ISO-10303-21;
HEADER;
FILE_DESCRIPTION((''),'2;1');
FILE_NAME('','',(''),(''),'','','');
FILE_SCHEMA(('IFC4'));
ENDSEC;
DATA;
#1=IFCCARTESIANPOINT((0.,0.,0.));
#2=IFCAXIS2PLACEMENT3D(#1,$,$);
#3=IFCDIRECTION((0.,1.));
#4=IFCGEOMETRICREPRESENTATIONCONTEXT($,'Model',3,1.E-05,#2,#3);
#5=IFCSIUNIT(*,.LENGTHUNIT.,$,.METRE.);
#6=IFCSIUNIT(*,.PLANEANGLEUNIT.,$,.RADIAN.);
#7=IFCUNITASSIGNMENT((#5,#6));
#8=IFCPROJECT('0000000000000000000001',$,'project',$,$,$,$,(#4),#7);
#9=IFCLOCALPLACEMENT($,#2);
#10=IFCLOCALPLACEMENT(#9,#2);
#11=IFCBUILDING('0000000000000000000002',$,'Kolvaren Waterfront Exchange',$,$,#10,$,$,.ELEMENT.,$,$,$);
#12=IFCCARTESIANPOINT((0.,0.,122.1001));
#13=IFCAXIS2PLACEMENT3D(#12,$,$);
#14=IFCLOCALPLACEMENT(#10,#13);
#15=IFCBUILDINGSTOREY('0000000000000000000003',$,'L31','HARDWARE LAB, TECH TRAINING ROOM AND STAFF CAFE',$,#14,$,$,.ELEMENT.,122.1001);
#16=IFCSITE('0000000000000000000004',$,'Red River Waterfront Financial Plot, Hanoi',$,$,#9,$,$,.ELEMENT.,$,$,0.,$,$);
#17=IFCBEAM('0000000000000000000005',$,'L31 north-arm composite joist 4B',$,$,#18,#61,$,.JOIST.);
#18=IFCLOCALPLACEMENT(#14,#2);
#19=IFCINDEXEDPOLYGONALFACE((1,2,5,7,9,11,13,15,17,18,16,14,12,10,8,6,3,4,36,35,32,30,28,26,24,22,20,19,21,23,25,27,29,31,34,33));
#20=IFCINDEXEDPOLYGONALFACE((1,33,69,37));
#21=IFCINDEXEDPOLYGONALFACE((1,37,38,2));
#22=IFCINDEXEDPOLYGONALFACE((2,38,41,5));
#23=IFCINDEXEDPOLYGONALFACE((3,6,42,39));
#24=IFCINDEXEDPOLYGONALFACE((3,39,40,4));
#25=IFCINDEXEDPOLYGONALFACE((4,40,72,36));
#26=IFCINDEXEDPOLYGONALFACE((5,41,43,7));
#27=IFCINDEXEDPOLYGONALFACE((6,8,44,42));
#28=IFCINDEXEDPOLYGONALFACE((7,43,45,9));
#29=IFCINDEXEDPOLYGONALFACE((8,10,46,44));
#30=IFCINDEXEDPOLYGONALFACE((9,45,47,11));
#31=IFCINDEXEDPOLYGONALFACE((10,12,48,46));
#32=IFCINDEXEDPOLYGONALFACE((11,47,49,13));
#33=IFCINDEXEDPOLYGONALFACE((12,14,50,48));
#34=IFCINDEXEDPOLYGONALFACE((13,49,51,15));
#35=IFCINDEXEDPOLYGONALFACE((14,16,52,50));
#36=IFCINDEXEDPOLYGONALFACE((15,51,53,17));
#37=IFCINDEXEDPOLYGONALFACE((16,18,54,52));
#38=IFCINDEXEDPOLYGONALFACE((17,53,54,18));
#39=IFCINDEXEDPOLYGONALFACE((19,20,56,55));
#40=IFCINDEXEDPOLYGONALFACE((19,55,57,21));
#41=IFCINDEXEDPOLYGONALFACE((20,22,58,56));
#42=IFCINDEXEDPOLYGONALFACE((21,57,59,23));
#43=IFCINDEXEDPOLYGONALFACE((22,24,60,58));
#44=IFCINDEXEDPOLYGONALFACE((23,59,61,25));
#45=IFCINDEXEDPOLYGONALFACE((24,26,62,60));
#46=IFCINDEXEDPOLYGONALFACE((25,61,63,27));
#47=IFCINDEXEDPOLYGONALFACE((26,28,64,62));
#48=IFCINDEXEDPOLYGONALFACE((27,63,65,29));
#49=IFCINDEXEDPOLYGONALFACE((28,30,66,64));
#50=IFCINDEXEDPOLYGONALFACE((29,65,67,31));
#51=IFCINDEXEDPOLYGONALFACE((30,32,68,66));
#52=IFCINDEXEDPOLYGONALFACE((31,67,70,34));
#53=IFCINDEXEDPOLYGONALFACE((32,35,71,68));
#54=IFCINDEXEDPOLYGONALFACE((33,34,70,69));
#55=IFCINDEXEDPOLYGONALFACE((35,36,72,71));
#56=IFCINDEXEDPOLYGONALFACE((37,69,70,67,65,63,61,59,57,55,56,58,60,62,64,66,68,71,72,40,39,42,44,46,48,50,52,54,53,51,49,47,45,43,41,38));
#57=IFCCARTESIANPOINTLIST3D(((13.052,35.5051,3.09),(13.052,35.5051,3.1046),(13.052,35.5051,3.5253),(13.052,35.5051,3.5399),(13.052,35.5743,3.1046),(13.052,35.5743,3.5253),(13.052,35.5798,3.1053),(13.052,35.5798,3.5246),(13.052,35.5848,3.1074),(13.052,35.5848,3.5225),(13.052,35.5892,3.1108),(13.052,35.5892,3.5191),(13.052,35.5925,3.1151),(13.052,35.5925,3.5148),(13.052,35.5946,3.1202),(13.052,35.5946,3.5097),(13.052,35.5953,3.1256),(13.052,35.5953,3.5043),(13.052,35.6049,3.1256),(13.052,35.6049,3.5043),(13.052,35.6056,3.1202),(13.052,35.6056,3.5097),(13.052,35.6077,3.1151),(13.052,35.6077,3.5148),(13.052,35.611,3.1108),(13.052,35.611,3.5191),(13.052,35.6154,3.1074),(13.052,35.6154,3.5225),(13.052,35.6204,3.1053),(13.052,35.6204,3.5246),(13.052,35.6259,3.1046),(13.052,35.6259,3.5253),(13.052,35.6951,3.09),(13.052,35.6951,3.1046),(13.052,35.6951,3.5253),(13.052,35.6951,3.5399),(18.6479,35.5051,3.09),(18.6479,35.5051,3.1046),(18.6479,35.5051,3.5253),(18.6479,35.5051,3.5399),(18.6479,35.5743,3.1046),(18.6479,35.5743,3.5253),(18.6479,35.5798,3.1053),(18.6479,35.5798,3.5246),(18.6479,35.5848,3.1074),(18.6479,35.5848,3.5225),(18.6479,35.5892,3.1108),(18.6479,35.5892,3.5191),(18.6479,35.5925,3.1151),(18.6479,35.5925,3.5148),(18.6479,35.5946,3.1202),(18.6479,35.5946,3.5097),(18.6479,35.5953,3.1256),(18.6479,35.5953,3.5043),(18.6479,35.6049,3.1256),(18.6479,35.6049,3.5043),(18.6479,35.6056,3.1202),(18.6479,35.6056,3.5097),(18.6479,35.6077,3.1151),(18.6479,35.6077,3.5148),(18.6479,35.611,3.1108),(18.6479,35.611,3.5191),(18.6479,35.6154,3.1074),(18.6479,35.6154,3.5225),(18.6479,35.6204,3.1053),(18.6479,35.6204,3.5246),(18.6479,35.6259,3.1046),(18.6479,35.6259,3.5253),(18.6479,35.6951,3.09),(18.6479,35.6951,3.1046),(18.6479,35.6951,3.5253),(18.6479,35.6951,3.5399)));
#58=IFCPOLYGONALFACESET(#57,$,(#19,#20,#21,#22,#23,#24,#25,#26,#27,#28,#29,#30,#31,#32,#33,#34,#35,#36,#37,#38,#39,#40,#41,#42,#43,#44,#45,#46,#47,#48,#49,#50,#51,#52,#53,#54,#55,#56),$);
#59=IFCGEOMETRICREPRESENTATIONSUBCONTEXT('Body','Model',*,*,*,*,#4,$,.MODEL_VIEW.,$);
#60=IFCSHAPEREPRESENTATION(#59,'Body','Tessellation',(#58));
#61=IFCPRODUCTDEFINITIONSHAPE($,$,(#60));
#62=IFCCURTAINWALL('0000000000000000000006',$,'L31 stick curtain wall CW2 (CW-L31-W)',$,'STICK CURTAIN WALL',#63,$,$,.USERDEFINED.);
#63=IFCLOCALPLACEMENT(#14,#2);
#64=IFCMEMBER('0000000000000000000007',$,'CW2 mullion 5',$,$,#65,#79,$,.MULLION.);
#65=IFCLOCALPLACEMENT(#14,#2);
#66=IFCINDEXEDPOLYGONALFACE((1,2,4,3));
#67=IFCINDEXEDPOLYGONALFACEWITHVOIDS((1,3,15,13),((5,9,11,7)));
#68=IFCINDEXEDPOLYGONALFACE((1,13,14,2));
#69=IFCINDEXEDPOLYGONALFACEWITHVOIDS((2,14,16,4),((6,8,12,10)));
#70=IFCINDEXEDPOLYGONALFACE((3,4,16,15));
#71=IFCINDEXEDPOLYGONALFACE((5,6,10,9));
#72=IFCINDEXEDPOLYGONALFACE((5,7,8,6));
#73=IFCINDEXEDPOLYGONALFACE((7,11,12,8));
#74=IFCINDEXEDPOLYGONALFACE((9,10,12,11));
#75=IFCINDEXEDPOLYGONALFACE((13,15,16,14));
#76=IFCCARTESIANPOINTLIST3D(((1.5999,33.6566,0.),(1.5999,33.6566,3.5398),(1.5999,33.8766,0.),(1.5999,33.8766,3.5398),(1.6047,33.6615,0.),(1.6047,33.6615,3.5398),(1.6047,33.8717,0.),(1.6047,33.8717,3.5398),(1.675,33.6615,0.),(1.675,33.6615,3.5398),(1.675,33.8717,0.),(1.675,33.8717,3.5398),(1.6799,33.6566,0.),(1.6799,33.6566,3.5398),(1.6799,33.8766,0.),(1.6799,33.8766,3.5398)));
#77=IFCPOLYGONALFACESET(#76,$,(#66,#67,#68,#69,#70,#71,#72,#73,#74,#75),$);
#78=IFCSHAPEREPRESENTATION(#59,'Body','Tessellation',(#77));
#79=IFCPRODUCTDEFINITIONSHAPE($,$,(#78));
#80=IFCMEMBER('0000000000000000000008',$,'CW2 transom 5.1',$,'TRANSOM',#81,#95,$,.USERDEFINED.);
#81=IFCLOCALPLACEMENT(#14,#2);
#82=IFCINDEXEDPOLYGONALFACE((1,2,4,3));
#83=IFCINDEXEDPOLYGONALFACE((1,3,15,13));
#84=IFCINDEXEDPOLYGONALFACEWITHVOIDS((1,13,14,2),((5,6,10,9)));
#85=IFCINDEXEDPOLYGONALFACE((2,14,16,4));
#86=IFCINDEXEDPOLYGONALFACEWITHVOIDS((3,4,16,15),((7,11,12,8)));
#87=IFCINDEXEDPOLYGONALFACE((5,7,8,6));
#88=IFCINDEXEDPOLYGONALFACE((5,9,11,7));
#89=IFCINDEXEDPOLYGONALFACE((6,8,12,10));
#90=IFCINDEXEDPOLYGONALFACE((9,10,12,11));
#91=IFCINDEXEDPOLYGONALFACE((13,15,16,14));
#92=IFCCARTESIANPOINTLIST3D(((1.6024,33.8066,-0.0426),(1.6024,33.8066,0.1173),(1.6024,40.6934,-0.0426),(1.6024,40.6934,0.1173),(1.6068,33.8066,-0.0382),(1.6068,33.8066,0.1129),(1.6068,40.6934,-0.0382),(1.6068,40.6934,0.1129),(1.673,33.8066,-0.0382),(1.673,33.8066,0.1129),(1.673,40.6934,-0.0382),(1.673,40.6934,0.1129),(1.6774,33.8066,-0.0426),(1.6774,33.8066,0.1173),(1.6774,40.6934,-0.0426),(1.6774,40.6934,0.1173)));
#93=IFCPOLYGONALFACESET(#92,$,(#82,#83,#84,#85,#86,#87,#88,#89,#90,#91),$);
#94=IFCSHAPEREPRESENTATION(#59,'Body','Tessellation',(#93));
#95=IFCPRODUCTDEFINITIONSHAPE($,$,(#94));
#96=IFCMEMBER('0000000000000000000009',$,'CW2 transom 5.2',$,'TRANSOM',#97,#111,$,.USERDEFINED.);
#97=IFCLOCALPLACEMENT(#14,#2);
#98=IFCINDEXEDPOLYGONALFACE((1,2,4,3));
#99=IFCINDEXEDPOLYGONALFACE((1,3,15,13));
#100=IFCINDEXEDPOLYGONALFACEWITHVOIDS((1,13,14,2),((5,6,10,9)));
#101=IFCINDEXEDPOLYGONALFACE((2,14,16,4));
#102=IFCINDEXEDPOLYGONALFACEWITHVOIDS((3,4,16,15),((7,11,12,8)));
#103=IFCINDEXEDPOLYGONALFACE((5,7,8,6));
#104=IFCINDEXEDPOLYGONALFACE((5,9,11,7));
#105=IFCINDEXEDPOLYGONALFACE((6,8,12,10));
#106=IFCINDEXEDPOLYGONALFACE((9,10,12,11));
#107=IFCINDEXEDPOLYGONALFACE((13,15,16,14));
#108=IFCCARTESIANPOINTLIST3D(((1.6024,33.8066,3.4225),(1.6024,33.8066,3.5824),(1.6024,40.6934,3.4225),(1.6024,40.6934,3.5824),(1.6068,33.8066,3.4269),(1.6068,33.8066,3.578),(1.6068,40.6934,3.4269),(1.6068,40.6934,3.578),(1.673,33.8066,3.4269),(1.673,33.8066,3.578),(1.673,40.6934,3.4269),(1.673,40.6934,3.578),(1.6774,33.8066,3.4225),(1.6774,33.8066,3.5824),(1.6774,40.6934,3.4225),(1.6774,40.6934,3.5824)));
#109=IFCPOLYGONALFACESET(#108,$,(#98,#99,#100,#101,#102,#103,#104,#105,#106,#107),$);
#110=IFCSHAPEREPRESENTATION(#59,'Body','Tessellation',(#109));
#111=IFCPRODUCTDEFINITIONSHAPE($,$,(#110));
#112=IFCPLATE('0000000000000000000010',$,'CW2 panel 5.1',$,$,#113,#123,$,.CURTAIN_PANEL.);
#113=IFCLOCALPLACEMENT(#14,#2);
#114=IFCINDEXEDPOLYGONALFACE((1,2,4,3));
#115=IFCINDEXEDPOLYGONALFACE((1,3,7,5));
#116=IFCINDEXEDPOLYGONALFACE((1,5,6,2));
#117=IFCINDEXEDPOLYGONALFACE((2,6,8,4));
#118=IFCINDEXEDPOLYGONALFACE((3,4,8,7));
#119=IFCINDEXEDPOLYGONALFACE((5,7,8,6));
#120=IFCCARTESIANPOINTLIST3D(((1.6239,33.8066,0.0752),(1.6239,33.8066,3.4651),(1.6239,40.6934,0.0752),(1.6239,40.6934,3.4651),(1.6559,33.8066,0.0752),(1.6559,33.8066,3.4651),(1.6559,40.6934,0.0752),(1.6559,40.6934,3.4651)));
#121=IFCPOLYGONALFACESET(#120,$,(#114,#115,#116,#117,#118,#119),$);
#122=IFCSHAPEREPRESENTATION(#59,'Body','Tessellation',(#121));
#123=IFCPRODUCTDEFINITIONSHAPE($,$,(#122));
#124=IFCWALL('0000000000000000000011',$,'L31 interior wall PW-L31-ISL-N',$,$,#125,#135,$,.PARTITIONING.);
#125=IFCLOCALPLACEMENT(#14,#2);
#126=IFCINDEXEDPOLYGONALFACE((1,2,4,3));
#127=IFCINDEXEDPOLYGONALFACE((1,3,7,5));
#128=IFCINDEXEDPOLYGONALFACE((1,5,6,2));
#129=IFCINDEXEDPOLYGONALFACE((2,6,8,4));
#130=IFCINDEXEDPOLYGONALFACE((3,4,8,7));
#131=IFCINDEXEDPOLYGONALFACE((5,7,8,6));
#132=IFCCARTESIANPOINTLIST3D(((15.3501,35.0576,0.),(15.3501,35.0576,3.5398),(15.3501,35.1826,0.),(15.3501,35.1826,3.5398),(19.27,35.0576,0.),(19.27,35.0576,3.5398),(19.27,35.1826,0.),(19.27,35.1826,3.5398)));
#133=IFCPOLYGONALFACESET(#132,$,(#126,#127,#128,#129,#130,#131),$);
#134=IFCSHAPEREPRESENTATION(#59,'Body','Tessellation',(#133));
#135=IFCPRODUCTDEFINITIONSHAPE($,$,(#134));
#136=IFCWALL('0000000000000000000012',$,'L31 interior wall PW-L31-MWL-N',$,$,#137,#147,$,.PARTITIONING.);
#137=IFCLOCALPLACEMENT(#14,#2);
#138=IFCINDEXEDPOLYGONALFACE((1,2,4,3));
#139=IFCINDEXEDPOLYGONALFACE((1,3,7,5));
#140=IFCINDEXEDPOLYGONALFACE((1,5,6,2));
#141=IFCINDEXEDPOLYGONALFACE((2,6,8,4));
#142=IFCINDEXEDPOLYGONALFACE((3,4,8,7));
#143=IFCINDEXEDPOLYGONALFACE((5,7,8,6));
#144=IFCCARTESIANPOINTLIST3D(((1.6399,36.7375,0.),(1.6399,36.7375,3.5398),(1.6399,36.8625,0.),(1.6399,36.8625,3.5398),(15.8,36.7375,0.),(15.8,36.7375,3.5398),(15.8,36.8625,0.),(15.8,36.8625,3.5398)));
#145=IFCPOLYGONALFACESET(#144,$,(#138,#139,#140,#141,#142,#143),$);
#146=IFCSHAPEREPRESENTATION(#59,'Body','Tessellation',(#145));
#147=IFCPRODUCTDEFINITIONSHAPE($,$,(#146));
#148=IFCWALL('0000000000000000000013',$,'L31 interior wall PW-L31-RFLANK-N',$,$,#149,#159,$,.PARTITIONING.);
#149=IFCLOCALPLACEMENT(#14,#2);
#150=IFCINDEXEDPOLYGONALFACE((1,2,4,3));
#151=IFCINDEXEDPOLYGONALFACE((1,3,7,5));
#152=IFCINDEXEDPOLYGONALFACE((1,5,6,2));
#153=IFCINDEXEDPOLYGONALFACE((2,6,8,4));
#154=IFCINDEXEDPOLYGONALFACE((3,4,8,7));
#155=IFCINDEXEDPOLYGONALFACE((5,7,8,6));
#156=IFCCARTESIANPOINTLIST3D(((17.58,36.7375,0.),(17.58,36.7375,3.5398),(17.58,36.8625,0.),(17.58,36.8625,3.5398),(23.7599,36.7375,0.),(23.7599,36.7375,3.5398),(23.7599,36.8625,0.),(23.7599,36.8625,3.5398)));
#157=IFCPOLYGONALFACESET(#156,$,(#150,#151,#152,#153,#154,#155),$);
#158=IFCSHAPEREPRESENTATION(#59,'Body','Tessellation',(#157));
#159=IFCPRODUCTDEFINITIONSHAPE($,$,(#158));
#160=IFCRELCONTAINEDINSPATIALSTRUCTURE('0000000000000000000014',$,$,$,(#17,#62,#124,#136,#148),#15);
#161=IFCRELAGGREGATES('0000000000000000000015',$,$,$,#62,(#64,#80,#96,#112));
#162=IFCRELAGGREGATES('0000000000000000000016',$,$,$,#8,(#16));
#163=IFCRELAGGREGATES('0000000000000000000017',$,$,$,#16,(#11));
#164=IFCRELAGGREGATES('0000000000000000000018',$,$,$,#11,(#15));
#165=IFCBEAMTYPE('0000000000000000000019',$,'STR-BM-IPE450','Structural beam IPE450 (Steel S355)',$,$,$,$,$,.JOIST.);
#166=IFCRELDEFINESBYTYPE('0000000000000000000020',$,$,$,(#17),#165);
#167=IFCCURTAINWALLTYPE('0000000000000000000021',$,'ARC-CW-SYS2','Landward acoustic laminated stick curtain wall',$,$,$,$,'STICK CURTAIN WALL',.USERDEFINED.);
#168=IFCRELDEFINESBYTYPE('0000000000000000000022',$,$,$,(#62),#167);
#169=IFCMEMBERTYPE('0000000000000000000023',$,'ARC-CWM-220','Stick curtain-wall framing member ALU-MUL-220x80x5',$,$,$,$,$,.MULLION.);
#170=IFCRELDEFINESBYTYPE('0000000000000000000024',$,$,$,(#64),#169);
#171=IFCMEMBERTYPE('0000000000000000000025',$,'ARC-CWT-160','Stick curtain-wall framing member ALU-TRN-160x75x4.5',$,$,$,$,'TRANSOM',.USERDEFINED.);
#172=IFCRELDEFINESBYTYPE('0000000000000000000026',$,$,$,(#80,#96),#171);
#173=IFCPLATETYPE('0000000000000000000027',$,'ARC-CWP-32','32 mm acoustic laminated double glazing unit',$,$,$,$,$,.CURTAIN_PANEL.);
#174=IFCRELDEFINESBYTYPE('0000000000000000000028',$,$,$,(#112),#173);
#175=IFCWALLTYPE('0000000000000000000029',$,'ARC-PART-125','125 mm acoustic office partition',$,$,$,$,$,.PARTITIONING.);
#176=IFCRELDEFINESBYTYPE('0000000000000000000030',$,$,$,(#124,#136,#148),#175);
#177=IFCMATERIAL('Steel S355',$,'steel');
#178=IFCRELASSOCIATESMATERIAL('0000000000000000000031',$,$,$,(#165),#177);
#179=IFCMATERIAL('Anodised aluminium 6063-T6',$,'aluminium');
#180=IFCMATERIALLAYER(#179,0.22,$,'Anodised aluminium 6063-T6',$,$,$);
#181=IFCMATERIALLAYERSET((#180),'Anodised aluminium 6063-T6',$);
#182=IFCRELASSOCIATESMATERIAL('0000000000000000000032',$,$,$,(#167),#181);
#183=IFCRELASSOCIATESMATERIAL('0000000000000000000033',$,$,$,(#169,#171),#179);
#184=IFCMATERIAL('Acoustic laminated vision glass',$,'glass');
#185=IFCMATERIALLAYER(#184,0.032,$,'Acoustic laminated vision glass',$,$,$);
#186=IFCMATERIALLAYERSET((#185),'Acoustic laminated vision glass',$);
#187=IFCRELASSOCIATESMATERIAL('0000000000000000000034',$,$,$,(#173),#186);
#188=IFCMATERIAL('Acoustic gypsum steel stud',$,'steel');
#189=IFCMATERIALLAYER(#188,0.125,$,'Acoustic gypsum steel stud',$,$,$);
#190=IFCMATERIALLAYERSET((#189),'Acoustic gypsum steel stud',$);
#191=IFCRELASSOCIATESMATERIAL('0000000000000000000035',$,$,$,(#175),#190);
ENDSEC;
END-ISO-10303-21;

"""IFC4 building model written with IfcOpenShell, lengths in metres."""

from ifc_helpers import new_model, si_unit, direction, frame, frame_2d, origin, origin_with_axes, origin_2d, place, context, subcontext, project, spatial, rectangle, hollow_rectangle, i_section, extrude, source, transform, mapped, material, layer, layer_set, material_profile, profile_set, type_object, element, aggregate, save


model = new_model("IFC4")

# Units and contexts
model_context = context("Model", 3, precision=1e-05, world=origin(), true_north=direction((0.0, 1.0)))
body_context = subcontext(model_context, "Body", "Model", "MODEL_VIEW")
ifc_project = project(units=[si_unit("LENGTHUNIT", "METRE"), si_unit("PLANEANGLEUNIT", "RADIAN")], contexts=[model_context])

# Site, building, storey
site_placement = place(None, origin())
site = spatial("IfcSite", under=ifc_project, at=site_placement, Name="Red River Waterfront Financial Plot, Hanoi", CompositionType="ELEMENT", RefElevation=0.0)
building_placement = place(site_placement, origin())
building = spatial("IfcBuilding", under=site, at=building_placement, Name="Kolvaren Waterfront Exchange", CompositionType="ELEMENT")
storey_placement = place(building_placement, frame((0.0, 0.0, 122.1001)))
storey = spatial("IfcBuildingStorey", under=building, at=storey_placement, Name="L31", Description="HARDWARE LAB, TECH TRAINING ROOM AND STAFF CAFE", CompositionType="ELEMENT", Elevation=122.1001)

# Beam
ifc_material_1 = material(Name="Steel S355", Category="steel")
ifc_material_profile_1 = material_profile(ifc_material_1, i_section(OverallWidth=0.1899, OverallDepth=0.45, WebThickness=0.0095, FlangeThickness=0.0146, FilletRadius=0.021, at=origin_2d()), Name="IPE450")
ifc_profile_set_1 = profile_set([ifc_material_profile_1], Name="Steel S355")
beam_type_1 = type_object("IfcBeamType", Name="STR-BM-IPE450", Description="Structural beam IPE450 (Steel S355)", PredefinedType="JOIST", material=ifc_profile_set_1)
beam_1_placement = place(storey_placement, frame((13.052, 35.6001, 3.3149), z_axis=(1.0, 0.0, 0.0), x_axis=(0.0, 1.0, 0.0)))
element("IfcBeam", 1, at=beam_1_placement, inside=storey, type_object=beam_type_1, Name="L31 north-arm composite joist 4B", PredefinedType="JOIST", context=body_context, shape_type="SweptSolid", body=[
    extrude(i_section(OverallWidth=0.1899, OverallDepth=0.45, WebThickness=0.0095, FlangeThickness=0.0146, FilletRadius=0.021, at=origin_2d()), origin(), (0.0, 0.0, 1.0), 5.5959),
])

# Curtain wall, members, plate
ifc_material_2 = material(Name="Anodised aluminium 6063-T6", Category="aluminium")
ifc_layer_1 = layer(ifc_material_2, 0.22, Name="Anodised aluminium 6063-T6")
ifc_layer_set_1 = layer_set([ifc_layer_1], Name="Anodised aluminium 6063-T6")
curtain_wall_type = type_object("IfcCurtainWallType", Name="ARC-CW-SYS2", Description="Landward acoustic laminated stick curtain wall", ElementType="STICK CURTAIN WALL", PredefinedType="USERDEFINED", material=ifc_layer_set_1)
curtain_wall_placement = place(storey_placement, origin())
curtain_wall = element("IfcCurtainWall", 2, at=curtain_wall_placement, inside=storey, type_object=curtain_wall_type, Name="L31 stick curtain wall CW2 (CW-L31-W)", ObjectType="STICK CURTAIN WALL", PredefinedType="USERDEFINED")
ifc_material_profile_2 = material_profile(ifc_material_2, hollow_rectangle(XDim=0.0801, YDim=0.22, WallThickness=0.0049, at=origin_2d()), Name="ALU-MUL-220x80x5")
ifc_profile_set_2 = profile_set([ifc_material_profile_2], Name="Anodised aluminium 6063-T6")
member_type_1 = type_object("IfcMemberType", Name="ARC-CWM-220", Description="Stick curtain-wall framing member ALU-MUL-220x80x5", PredefinedType="MULLION", material=ifc_profile_set_2)
shared_shape_1 = source(origin_with_axes(), body_context, "Body", "SweptSolid", [
    extrude(hollow_rectangle(XDim=0.0801, YDim=0.22, WallThickness=0.0049, at=origin_2d()), origin(), (0.0, 0.0, 1.0), 3.5398),
])
member_1_placement = place(storey_placement, frame((1.6399, 33.7666, 0.0), z_axis=(0.0, 0.0, 1.0), x_axis=(-1.0, 0.0, 0.0)))
member_1 = element("IfcMember", 3, at=member_1_placement, type_object=member_type_1, Name="CW2 mullion 5", PredefinedType="MULLION", context=body_context, shape_type="MappedRepresentation", body=[
    mapped(shared_shape_1, transform((0.0, 0.0, 0.0), x_axis=(1.0, 0.0, 0.0), y_axis=(0.0, 1.0, 0.0), z_axis=(0.0, 0.0, 1.0), scale=1.0)),
])
ifc_material_profile_3 = material_profile(ifc_material_2, hollow_rectangle(XDim=0.075, YDim=0.1599, WallThickness=0.0044, at=origin_2d()), Name="ALU-TRN-160x75x4.5")
ifc_profile_set_3 = profile_set([ifc_material_profile_3], Name="Anodised aluminium 6063-T6")
member_type_2 = type_object("IfcMemberType", Name="ARC-CWT-160", Description="Stick curtain-wall framing member ALU-TRN-160x75x4.5", ElementType="TRANSOM", PredefinedType="USERDEFINED", material=ifc_profile_set_3)
shared_shape_2 = source(origin_with_axes(), body_context, "Body", "SweptSolid", [
    extrude(hollow_rectangle(XDim=0.075, YDim=0.1599, WallThickness=0.0044, at=origin_2d()), origin(), (0.0, 0.0, 1.0), 6.8867),
])
member_2_placement = place(storey_placement, frame((1.6399, 33.8066, 0.0374), z_axis=(0.0, 1.0, 0.0), x_axis=(-1.0, 0.0, 0.0)))
member_2 = element("IfcMember", 4, at=member_2_placement, type_object=member_type_2, Name="CW2 transom 5.1", ObjectType="TRANSOM", PredefinedType="USERDEFINED", context=body_context, shape_type="MappedRepresentation", body=[
    mapped(shared_shape_2, transform((0.0, 0.0, 0.0), x_axis=(1.0, 0.0, 0.0), y_axis=(0.0, 1.0, 0.0), z_axis=(0.0, 0.0, 1.0), scale=1.0)),
])
member_3_placement = place(storey_placement, frame((1.6399, 33.8066, 3.5024), z_axis=(0.0, 1.0, 0.0), x_axis=(-1.0, 0.0, 0.0)))
member_3 = element("IfcMember", 5, at=member_3_placement, type_object=member_type_2, Name="CW2 transom 5.2", ObjectType="TRANSOM", PredefinedType="USERDEFINED", context=body_context, shape_type="MappedRepresentation", body=[
    mapped(shared_shape_2, transform((0.0, 0.0, 0.0), x_axis=(1.0, 0.0, 0.0), y_axis=(0.0, 1.0, 0.0), z_axis=(0.0, 0.0, 1.0), scale=1.0)),
])
ifc_material_3 = material(Name="Acoustic laminated vision glass", Category="glass")
ifc_layer_2 = layer(ifc_material_3, 0.032, Name="Acoustic laminated vision glass")
ifc_layer_set_2 = layer_set([ifc_layer_2], Name="Acoustic laminated vision glass")
plate_type = type_object("IfcPlateType", Name="ARC-CWP-32", Description="32 mm acoustic laminated double glazing unit", PredefinedType="CURTAIN_PANEL", material=ifc_layer_set_2)
shared_shape_3 = source(origin_with_axes(), body_context, "Body", "SweptSolid", [
    extrude(rectangle(XDim=6.8867, YDim=0.032, at=origin_2d()), origin(), (0.0, 0.0, 1.0), 3.3899),
])
plate_placement = place(storey_placement, frame((1.6399, 37.25, 0.0752), z_axis=(0.0, 0.0, 1.0), x_axis=(0.0, 1.0, 0.0)))
plate = element("IfcPlate", 6, at=plate_placement, type_object=plate_type, Name="CW2 panel 5.1", PredefinedType="CURTAIN_PANEL", context=body_context, shape_type="MappedRepresentation", body=[
    mapped(shared_shape_3, transform((0.0, 0.0, 0.0), x_axis=(1.0, 0.0, 0.0), y_axis=(0.0, 1.0, 0.0), z_axis=(0.0, 0.0, 1.0), scale=1.0)),
])
aggregate(curtain_wall, [member_1, member_2, member_3, plate])

# Walls
ifc_material_4 = material(Name="Acoustic gypsum steel stud", Category="steel")
ifc_layer_3 = layer(ifc_material_4, 0.125, Name="Acoustic gypsum steel stud")
ifc_layer_set_3 = layer_set([ifc_layer_3], Name="Acoustic gypsum steel stud")
wall_type = type_object("IfcWallType", Name="ARC-PART-125", Description="125 mm acoustic office partition", PredefinedType="PARTITIONING", material=ifc_layer_set_3)
wall_1_placement = place(storey_placement, frame((15.3501, 35.1201, 0.0), z_axis=(0.0, 0.0, 1.0), x_axis=(1.0, 0.0, 0.0)))
element("IfcWall", 7, at=wall_1_placement, inside=storey, type_object=wall_type, Name="L31 interior wall PW-L31-ISL-N", PredefinedType="PARTITIONING", context=body_context, shape_type="SweptSolid", body=[
    extrude(rectangle(XDim=3.9199, YDim=0.125, at=frame_2d((1.96, 0.0))), origin(), (0.0, 0.0, 1.0), 3.5398),
])
wall_2_placement = place(storey_placement, frame((1.6399, 36.8, 0.0), z_axis=(0.0, 0.0, 1.0), x_axis=(1.0, 0.0, 0.0)))
element("IfcWall", 8, at=wall_2_placement, inside=storey, type_object=wall_type, Name="L31 interior wall PW-L31-MWL-N", PredefinedType="PARTITIONING", context=body_context, shape_type="SweptSolid", body=[
    extrude(rectangle(XDim=14.1602, YDim=0.125, at=frame_2d((7.0801, 0.0))), origin(), (0.0, 0.0, 1.0), 3.5398),
])
wall_3_placement = place(storey_placement, frame((17.5801, 36.8, 0.0), z_axis=(0.0, 0.0, 1.0), x_axis=(1.0, 0.0, 0.0)))
element("IfcWall", 9, at=wall_3_placement, inside=storey, type_object=wall_type, Name="L31 interior wall PW-L31-RFLANK-N", PredefinedType="PARTITIONING", context=body_context, shape_type="SweptSolid", body=[
    extrude(rectangle(XDim=6.1799, YDim=0.125, at=frame_2d((3.0898, 0.0))), origin(), (0.0, 0.0, 1.0), 3.5398),
])

save(model, "model.ifc")
